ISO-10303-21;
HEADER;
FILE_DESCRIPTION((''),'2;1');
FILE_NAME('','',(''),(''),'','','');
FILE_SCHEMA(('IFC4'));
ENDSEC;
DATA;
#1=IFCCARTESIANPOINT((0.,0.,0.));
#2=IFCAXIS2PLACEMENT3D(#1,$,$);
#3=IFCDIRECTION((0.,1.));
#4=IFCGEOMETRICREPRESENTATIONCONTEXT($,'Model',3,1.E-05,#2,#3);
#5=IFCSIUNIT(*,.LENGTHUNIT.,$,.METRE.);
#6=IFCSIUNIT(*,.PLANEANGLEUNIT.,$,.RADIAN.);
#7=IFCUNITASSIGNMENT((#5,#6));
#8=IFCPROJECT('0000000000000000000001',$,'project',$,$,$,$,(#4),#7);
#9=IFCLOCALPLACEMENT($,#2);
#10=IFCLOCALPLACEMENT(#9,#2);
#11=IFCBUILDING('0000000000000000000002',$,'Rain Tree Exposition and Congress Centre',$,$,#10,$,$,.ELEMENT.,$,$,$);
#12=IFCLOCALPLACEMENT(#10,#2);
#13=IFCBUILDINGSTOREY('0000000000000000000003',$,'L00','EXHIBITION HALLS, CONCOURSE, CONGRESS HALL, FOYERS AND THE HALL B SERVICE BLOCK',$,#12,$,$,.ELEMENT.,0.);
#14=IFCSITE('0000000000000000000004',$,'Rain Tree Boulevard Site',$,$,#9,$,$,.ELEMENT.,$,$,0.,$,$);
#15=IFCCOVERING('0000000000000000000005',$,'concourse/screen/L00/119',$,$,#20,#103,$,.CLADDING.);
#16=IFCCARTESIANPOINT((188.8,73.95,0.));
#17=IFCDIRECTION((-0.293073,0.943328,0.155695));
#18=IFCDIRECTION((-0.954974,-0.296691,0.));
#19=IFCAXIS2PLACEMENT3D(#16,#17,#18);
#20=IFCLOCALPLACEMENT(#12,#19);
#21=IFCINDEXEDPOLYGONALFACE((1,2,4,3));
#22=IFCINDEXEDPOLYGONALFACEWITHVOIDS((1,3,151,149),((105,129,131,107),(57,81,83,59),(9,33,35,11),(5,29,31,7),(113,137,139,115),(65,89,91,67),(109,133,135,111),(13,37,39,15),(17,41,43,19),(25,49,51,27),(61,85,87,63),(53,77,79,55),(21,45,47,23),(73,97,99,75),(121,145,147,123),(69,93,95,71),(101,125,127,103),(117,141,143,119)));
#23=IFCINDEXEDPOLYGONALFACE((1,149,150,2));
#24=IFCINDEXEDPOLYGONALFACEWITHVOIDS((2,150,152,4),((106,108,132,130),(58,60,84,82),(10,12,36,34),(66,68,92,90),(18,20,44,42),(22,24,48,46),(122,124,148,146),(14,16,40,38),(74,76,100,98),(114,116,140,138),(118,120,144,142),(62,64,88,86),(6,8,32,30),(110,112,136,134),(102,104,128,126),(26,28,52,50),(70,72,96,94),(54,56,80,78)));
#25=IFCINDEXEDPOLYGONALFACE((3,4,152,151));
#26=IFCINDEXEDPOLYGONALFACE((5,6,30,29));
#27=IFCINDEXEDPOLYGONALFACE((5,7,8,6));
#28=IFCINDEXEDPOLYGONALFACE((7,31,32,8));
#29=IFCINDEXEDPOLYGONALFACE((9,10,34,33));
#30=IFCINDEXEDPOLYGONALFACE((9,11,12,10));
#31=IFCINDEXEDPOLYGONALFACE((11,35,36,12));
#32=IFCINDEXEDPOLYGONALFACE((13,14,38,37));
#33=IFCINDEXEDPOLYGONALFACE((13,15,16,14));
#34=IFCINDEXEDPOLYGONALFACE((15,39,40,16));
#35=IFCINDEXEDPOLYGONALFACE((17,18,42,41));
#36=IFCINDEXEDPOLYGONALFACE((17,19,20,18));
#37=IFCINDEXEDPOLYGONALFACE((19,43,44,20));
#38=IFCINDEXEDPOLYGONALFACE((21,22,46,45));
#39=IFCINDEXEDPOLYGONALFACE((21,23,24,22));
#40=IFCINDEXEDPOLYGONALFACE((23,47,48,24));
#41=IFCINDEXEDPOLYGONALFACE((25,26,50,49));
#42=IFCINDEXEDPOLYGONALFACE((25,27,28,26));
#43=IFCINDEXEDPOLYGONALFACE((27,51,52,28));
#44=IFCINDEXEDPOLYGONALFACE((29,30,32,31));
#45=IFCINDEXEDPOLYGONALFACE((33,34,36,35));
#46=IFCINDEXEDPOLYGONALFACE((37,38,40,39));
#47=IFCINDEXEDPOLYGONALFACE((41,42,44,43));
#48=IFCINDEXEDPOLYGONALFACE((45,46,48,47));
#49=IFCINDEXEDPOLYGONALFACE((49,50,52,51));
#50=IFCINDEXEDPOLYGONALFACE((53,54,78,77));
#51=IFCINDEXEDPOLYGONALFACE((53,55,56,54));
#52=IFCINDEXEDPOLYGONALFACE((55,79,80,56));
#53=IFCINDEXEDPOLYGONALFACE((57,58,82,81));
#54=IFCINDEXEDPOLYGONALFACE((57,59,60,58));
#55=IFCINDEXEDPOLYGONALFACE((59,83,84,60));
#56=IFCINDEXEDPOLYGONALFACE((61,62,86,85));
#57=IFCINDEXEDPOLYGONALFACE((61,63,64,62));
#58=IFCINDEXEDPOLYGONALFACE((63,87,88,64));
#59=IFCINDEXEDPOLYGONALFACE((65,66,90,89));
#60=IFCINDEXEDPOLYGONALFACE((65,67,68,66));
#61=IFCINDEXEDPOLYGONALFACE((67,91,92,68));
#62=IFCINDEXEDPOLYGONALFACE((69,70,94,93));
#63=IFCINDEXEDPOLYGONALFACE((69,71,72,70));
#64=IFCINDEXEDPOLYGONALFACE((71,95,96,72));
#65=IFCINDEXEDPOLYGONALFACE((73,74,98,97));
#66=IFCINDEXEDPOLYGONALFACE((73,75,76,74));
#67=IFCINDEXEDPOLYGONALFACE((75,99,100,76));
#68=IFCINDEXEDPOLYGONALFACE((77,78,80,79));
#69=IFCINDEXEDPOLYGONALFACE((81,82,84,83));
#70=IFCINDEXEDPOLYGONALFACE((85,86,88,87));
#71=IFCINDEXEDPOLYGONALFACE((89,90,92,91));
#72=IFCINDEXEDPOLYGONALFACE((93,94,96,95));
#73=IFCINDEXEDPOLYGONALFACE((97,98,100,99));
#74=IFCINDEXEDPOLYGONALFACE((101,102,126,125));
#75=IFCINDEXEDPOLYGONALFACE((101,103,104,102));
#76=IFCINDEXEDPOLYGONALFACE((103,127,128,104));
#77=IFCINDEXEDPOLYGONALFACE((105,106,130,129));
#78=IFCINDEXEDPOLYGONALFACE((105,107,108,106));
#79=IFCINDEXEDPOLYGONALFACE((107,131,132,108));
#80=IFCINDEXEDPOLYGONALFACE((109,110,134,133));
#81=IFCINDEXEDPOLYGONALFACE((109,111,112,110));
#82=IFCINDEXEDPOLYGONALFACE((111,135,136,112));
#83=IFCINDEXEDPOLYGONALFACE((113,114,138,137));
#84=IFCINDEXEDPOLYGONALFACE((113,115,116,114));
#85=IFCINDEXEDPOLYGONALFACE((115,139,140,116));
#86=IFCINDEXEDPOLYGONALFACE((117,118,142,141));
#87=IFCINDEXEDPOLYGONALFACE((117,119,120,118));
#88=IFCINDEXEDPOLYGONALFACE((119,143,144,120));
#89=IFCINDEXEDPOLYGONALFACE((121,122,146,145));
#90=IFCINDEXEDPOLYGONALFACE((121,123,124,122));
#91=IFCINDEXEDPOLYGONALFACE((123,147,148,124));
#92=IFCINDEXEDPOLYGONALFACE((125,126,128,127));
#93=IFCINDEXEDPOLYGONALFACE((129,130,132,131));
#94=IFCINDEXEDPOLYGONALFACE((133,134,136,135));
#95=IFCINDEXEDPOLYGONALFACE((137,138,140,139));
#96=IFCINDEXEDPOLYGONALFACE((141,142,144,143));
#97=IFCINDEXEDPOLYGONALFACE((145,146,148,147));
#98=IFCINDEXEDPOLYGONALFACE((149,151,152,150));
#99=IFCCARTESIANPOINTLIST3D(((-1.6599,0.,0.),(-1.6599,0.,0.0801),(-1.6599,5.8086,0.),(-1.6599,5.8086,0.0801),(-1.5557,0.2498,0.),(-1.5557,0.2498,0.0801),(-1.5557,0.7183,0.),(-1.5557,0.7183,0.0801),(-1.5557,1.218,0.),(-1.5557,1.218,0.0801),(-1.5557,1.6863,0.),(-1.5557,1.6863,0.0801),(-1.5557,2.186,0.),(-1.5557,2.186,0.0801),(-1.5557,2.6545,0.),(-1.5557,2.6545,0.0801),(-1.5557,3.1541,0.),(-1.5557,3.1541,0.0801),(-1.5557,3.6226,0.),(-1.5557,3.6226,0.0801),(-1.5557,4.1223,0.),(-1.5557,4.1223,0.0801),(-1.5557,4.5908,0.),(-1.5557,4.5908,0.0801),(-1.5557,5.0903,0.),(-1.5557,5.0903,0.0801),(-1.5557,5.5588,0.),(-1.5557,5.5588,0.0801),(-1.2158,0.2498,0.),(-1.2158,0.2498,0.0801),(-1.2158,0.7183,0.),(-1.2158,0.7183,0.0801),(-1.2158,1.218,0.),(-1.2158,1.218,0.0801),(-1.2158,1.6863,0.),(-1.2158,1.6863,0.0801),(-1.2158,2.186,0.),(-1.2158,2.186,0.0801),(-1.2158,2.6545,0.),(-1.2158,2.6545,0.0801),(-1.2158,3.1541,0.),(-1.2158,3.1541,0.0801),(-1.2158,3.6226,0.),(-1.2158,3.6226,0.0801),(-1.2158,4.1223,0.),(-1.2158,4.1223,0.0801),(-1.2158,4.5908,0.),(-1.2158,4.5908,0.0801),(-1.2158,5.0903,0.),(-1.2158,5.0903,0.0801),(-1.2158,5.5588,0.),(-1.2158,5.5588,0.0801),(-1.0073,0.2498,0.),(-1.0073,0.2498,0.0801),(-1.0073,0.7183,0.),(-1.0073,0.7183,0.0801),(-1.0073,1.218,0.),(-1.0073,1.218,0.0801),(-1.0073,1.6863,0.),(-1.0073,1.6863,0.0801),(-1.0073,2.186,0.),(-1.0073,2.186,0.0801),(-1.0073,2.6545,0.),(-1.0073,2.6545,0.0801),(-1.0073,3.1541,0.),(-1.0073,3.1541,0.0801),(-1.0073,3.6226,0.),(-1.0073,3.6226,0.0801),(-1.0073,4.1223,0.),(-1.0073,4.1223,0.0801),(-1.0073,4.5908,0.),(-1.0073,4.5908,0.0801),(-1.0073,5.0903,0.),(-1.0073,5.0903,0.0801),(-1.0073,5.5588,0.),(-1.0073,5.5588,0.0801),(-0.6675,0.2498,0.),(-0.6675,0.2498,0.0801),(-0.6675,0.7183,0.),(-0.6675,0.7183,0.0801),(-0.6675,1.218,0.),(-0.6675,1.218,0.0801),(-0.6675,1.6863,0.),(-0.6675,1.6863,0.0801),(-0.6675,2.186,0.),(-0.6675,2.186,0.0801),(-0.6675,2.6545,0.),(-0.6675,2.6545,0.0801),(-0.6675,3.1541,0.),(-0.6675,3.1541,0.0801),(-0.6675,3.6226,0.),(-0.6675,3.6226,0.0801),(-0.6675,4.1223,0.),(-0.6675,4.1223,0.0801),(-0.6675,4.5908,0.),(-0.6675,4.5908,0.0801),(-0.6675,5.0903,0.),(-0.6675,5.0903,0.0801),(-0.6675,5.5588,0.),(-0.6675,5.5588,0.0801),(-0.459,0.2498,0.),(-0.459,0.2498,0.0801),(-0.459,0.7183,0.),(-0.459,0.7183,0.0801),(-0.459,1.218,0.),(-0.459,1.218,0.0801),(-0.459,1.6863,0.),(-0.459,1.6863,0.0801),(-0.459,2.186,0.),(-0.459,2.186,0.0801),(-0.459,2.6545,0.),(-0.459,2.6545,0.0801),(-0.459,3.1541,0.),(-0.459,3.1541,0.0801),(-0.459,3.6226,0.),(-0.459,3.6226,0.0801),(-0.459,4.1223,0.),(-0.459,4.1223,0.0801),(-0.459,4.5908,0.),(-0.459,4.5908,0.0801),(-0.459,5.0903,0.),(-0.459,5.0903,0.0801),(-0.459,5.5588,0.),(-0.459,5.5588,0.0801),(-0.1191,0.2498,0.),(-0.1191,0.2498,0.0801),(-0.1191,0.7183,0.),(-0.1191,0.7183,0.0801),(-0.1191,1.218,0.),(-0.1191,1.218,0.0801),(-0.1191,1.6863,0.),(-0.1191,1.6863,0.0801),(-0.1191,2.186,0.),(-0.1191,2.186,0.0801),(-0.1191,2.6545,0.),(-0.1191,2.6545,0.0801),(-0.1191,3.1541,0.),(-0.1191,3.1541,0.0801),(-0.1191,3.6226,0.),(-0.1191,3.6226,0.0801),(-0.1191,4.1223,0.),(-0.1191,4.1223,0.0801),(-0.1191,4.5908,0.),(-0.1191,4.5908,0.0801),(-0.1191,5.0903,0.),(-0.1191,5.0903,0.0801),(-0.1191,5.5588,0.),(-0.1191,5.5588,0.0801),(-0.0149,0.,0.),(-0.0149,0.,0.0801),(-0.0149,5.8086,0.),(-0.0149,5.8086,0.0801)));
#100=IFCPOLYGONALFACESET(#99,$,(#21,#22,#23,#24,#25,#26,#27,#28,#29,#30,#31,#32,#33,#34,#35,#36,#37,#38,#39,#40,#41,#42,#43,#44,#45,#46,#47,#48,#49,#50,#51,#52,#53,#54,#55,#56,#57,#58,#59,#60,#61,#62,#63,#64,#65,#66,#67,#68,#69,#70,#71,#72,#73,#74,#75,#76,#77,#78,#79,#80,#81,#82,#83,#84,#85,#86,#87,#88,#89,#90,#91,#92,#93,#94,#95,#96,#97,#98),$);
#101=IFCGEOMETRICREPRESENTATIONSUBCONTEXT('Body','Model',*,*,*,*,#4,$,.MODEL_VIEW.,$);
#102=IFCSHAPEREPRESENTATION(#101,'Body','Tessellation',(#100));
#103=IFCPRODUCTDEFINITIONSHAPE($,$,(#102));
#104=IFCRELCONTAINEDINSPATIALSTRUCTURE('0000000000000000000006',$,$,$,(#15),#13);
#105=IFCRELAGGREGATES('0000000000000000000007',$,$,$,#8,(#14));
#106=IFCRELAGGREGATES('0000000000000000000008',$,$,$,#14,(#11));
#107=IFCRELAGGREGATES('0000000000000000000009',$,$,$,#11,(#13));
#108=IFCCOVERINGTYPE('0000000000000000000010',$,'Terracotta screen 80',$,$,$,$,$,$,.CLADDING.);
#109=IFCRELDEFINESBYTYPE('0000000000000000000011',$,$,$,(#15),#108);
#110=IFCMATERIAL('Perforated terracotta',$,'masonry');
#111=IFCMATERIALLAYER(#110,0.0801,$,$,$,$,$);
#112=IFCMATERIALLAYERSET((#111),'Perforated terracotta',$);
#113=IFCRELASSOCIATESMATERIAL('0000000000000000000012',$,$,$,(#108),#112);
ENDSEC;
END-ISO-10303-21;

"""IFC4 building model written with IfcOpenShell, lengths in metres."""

from ifc_helpers import new_model, si_unit, direction, frame, origin, place, context, subcontext, project, spatial, polyline, outline, extrude, material, layer, layer_set, type_object, element, save


model = new_model("IFC4")

# Units and contexts
model_context = context("Model", 3, precision=1e-05, world=origin(), true_north=direction((0.0, 1.0)))
body_context = subcontext(model_context, "Body", "Model", "MODEL_VIEW")
ifc_project = project(units=[si_unit("LENGTHUNIT", "METRE"), si_unit("PLANEANGLEUNIT", "RADIAN")], contexts=[model_context])

# Site, building, storey
site_placement = place(None, origin())
site = spatial("IfcSite", under=ifc_project, at=site_placement, Name="Rain Tree Boulevard Site", CompositionType="ELEMENT", RefElevation=0.0)
building_placement = place(site_placement, origin())
building = spatial("IfcBuilding", under=site, at=building_placement, Name="Rain Tree Exposition and Congress Centre", CompositionType="ELEMENT")
storey_placement = place(building_placement, origin())
storey = spatial("IfcBuildingStorey", under=building, at=storey_placement, Name="L00", Description="EXHIBITION HALLS, CONCOURSE, CONGRESS HALL, FOYERS AND THE HALL B SERVICE BLOCK", CompositionType="ELEMENT", Elevation=0.0)

# Covering
ifc_material_1 = material(Name="Perforated terracotta", Category="masonry")
ifc_layer_1 = layer(ifc_material_1, 0.0801)
ifc_layer_set_1 = layer_set([ifc_layer_1], Name="Perforated terracotta")
covering_type = type_object("IfcCoveringType", Name="Terracotta screen 80", PredefinedType="CLADDING", material=ifc_layer_set_1)
covering_1_placement = place(storey_placement, frame((188.8, 73.95, 0.0), z_axis=(-0.293073, 0.943328, 0.155695), x_axis=(-0.954974, -0.296691, 0.0)))
element("IfcCovering", 1, at=covering_1_placement, inside=storey, type_object=covering_type, Name="concourse/screen/L00/119", PredefinedType="CLADDING", context=body_context, shape_type="SweptSolid", body=[
    extrude(outline(polyline([(-0.0149, 0.0), (-1.6599, 0.0), (-1.6599, 5.8086), (-0.0149, 5.8086), (-0.0149, 0.0)]), holes=[polyline([(-0.1191, 0.2498), (-0.1191, 0.7183), (-0.459, 0.7183), (-0.459, 0.2498), (-0.1191, 0.2498)]), polyline([(-0.1191, 1.218), (-0.1191, 1.6863), (-0.459, 1.6863), (-0.459, 1.218), (-0.1191, 1.218)]), polyline([(-0.1191, 2.186), (-0.1191, 2.6545), (-0.459, 2.6545), (-0.459, 2.186), (-0.1191, 2.186)]), polyline([(-0.1191, 3.1541), (-0.1191, 3.6226), (-0.459, 3.6226), (-0.459, 3.1541), (-0.1191, 3.1541)]), polyline([(-0.1191, 4.1223), (-0.1191, 4.5908), (-0.459, 4.5908), (-0.459, 4.1223), (-0.1191, 4.1223)]), polyline([(-0.1191, 5.0903), (-0.1191, 5.5588), (-0.459, 5.5588), (-0.459, 5.0903), (-0.1191, 5.0903)]), polyline([(-0.6675, 0.2498), (-0.6675, 0.7183), (-1.0073, 0.7183), (-1.0073, 0.2498), (-0.6675, 0.2498)]), polyline([(-0.6675, 1.218), (-0.6675, 1.6863), (-1.0073, 1.6863), (-1.0073, 1.218), (-0.6675, 1.218)]), polyline([(-0.6675, 2.186), (-0.6675, 2.6545), (-1.0073, 2.6545), (-1.0073, 2.186), (-0.6675, 2.186)]), polyline([(-0.6675, 3.1541), (-0.6675, 3.6226), (-1.0073, 3.6226), (-1.0073, 3.1541), (-0.6675, 3.1541)]), polyline([(-0.6675, 4.1223), (-0.6675, 4.5908), (-1.0073, 4.5908), (-1.0073, 4.1223), (-0.6675, 4.1223)]), polyline([(-0.6675, 5.0903), (-0.6675, 5.5588), (-1.0073, 5.5588), (-1.0073, 5.0903), (-0.6675, 5.0903)]), polyline([(-1.2158, 0.2498), (-1.2158, 0.7183), (-1.5557, 0.7183), (-1.5557, 0.2498), (-1.2158, 0.2498)]), polyline([(-1.2158, 1.218), (-1.2158, 1.6863), (-1.5557, 1.6863), (-1.5557, 1.218), (-1.2158, 1.218)]), polyline([(-1.2158, 2.186), (-1.2158, 2.6545), (-1.5557, 2.6545), (-1.5557, 2.186), (-1.2158, 2.186)]), polyline([(-1.2158, 3.1541), (-1.2158, 3.6226), (-1.5557, 3.6226), (-1.5557, 3.1541), (-1.2158, 3.1541)]), polyline([(-1.2158, 4.1223), (-1.2158, 4.5908), (-1.5557, 4.5908), (-1.5557, 4.1223), (-1.2158, 4.1223)]), polyline([(-1.2158, 5.0903), (-1.2158, 5.5588), (-1.5557, 5.5588), (-1.5557, 5.0903), (-1.2158, 5.0903)])]), origin(), (0.0, 0.0, 1.0), 0.0801),
])

save(model, "model.ifc")
